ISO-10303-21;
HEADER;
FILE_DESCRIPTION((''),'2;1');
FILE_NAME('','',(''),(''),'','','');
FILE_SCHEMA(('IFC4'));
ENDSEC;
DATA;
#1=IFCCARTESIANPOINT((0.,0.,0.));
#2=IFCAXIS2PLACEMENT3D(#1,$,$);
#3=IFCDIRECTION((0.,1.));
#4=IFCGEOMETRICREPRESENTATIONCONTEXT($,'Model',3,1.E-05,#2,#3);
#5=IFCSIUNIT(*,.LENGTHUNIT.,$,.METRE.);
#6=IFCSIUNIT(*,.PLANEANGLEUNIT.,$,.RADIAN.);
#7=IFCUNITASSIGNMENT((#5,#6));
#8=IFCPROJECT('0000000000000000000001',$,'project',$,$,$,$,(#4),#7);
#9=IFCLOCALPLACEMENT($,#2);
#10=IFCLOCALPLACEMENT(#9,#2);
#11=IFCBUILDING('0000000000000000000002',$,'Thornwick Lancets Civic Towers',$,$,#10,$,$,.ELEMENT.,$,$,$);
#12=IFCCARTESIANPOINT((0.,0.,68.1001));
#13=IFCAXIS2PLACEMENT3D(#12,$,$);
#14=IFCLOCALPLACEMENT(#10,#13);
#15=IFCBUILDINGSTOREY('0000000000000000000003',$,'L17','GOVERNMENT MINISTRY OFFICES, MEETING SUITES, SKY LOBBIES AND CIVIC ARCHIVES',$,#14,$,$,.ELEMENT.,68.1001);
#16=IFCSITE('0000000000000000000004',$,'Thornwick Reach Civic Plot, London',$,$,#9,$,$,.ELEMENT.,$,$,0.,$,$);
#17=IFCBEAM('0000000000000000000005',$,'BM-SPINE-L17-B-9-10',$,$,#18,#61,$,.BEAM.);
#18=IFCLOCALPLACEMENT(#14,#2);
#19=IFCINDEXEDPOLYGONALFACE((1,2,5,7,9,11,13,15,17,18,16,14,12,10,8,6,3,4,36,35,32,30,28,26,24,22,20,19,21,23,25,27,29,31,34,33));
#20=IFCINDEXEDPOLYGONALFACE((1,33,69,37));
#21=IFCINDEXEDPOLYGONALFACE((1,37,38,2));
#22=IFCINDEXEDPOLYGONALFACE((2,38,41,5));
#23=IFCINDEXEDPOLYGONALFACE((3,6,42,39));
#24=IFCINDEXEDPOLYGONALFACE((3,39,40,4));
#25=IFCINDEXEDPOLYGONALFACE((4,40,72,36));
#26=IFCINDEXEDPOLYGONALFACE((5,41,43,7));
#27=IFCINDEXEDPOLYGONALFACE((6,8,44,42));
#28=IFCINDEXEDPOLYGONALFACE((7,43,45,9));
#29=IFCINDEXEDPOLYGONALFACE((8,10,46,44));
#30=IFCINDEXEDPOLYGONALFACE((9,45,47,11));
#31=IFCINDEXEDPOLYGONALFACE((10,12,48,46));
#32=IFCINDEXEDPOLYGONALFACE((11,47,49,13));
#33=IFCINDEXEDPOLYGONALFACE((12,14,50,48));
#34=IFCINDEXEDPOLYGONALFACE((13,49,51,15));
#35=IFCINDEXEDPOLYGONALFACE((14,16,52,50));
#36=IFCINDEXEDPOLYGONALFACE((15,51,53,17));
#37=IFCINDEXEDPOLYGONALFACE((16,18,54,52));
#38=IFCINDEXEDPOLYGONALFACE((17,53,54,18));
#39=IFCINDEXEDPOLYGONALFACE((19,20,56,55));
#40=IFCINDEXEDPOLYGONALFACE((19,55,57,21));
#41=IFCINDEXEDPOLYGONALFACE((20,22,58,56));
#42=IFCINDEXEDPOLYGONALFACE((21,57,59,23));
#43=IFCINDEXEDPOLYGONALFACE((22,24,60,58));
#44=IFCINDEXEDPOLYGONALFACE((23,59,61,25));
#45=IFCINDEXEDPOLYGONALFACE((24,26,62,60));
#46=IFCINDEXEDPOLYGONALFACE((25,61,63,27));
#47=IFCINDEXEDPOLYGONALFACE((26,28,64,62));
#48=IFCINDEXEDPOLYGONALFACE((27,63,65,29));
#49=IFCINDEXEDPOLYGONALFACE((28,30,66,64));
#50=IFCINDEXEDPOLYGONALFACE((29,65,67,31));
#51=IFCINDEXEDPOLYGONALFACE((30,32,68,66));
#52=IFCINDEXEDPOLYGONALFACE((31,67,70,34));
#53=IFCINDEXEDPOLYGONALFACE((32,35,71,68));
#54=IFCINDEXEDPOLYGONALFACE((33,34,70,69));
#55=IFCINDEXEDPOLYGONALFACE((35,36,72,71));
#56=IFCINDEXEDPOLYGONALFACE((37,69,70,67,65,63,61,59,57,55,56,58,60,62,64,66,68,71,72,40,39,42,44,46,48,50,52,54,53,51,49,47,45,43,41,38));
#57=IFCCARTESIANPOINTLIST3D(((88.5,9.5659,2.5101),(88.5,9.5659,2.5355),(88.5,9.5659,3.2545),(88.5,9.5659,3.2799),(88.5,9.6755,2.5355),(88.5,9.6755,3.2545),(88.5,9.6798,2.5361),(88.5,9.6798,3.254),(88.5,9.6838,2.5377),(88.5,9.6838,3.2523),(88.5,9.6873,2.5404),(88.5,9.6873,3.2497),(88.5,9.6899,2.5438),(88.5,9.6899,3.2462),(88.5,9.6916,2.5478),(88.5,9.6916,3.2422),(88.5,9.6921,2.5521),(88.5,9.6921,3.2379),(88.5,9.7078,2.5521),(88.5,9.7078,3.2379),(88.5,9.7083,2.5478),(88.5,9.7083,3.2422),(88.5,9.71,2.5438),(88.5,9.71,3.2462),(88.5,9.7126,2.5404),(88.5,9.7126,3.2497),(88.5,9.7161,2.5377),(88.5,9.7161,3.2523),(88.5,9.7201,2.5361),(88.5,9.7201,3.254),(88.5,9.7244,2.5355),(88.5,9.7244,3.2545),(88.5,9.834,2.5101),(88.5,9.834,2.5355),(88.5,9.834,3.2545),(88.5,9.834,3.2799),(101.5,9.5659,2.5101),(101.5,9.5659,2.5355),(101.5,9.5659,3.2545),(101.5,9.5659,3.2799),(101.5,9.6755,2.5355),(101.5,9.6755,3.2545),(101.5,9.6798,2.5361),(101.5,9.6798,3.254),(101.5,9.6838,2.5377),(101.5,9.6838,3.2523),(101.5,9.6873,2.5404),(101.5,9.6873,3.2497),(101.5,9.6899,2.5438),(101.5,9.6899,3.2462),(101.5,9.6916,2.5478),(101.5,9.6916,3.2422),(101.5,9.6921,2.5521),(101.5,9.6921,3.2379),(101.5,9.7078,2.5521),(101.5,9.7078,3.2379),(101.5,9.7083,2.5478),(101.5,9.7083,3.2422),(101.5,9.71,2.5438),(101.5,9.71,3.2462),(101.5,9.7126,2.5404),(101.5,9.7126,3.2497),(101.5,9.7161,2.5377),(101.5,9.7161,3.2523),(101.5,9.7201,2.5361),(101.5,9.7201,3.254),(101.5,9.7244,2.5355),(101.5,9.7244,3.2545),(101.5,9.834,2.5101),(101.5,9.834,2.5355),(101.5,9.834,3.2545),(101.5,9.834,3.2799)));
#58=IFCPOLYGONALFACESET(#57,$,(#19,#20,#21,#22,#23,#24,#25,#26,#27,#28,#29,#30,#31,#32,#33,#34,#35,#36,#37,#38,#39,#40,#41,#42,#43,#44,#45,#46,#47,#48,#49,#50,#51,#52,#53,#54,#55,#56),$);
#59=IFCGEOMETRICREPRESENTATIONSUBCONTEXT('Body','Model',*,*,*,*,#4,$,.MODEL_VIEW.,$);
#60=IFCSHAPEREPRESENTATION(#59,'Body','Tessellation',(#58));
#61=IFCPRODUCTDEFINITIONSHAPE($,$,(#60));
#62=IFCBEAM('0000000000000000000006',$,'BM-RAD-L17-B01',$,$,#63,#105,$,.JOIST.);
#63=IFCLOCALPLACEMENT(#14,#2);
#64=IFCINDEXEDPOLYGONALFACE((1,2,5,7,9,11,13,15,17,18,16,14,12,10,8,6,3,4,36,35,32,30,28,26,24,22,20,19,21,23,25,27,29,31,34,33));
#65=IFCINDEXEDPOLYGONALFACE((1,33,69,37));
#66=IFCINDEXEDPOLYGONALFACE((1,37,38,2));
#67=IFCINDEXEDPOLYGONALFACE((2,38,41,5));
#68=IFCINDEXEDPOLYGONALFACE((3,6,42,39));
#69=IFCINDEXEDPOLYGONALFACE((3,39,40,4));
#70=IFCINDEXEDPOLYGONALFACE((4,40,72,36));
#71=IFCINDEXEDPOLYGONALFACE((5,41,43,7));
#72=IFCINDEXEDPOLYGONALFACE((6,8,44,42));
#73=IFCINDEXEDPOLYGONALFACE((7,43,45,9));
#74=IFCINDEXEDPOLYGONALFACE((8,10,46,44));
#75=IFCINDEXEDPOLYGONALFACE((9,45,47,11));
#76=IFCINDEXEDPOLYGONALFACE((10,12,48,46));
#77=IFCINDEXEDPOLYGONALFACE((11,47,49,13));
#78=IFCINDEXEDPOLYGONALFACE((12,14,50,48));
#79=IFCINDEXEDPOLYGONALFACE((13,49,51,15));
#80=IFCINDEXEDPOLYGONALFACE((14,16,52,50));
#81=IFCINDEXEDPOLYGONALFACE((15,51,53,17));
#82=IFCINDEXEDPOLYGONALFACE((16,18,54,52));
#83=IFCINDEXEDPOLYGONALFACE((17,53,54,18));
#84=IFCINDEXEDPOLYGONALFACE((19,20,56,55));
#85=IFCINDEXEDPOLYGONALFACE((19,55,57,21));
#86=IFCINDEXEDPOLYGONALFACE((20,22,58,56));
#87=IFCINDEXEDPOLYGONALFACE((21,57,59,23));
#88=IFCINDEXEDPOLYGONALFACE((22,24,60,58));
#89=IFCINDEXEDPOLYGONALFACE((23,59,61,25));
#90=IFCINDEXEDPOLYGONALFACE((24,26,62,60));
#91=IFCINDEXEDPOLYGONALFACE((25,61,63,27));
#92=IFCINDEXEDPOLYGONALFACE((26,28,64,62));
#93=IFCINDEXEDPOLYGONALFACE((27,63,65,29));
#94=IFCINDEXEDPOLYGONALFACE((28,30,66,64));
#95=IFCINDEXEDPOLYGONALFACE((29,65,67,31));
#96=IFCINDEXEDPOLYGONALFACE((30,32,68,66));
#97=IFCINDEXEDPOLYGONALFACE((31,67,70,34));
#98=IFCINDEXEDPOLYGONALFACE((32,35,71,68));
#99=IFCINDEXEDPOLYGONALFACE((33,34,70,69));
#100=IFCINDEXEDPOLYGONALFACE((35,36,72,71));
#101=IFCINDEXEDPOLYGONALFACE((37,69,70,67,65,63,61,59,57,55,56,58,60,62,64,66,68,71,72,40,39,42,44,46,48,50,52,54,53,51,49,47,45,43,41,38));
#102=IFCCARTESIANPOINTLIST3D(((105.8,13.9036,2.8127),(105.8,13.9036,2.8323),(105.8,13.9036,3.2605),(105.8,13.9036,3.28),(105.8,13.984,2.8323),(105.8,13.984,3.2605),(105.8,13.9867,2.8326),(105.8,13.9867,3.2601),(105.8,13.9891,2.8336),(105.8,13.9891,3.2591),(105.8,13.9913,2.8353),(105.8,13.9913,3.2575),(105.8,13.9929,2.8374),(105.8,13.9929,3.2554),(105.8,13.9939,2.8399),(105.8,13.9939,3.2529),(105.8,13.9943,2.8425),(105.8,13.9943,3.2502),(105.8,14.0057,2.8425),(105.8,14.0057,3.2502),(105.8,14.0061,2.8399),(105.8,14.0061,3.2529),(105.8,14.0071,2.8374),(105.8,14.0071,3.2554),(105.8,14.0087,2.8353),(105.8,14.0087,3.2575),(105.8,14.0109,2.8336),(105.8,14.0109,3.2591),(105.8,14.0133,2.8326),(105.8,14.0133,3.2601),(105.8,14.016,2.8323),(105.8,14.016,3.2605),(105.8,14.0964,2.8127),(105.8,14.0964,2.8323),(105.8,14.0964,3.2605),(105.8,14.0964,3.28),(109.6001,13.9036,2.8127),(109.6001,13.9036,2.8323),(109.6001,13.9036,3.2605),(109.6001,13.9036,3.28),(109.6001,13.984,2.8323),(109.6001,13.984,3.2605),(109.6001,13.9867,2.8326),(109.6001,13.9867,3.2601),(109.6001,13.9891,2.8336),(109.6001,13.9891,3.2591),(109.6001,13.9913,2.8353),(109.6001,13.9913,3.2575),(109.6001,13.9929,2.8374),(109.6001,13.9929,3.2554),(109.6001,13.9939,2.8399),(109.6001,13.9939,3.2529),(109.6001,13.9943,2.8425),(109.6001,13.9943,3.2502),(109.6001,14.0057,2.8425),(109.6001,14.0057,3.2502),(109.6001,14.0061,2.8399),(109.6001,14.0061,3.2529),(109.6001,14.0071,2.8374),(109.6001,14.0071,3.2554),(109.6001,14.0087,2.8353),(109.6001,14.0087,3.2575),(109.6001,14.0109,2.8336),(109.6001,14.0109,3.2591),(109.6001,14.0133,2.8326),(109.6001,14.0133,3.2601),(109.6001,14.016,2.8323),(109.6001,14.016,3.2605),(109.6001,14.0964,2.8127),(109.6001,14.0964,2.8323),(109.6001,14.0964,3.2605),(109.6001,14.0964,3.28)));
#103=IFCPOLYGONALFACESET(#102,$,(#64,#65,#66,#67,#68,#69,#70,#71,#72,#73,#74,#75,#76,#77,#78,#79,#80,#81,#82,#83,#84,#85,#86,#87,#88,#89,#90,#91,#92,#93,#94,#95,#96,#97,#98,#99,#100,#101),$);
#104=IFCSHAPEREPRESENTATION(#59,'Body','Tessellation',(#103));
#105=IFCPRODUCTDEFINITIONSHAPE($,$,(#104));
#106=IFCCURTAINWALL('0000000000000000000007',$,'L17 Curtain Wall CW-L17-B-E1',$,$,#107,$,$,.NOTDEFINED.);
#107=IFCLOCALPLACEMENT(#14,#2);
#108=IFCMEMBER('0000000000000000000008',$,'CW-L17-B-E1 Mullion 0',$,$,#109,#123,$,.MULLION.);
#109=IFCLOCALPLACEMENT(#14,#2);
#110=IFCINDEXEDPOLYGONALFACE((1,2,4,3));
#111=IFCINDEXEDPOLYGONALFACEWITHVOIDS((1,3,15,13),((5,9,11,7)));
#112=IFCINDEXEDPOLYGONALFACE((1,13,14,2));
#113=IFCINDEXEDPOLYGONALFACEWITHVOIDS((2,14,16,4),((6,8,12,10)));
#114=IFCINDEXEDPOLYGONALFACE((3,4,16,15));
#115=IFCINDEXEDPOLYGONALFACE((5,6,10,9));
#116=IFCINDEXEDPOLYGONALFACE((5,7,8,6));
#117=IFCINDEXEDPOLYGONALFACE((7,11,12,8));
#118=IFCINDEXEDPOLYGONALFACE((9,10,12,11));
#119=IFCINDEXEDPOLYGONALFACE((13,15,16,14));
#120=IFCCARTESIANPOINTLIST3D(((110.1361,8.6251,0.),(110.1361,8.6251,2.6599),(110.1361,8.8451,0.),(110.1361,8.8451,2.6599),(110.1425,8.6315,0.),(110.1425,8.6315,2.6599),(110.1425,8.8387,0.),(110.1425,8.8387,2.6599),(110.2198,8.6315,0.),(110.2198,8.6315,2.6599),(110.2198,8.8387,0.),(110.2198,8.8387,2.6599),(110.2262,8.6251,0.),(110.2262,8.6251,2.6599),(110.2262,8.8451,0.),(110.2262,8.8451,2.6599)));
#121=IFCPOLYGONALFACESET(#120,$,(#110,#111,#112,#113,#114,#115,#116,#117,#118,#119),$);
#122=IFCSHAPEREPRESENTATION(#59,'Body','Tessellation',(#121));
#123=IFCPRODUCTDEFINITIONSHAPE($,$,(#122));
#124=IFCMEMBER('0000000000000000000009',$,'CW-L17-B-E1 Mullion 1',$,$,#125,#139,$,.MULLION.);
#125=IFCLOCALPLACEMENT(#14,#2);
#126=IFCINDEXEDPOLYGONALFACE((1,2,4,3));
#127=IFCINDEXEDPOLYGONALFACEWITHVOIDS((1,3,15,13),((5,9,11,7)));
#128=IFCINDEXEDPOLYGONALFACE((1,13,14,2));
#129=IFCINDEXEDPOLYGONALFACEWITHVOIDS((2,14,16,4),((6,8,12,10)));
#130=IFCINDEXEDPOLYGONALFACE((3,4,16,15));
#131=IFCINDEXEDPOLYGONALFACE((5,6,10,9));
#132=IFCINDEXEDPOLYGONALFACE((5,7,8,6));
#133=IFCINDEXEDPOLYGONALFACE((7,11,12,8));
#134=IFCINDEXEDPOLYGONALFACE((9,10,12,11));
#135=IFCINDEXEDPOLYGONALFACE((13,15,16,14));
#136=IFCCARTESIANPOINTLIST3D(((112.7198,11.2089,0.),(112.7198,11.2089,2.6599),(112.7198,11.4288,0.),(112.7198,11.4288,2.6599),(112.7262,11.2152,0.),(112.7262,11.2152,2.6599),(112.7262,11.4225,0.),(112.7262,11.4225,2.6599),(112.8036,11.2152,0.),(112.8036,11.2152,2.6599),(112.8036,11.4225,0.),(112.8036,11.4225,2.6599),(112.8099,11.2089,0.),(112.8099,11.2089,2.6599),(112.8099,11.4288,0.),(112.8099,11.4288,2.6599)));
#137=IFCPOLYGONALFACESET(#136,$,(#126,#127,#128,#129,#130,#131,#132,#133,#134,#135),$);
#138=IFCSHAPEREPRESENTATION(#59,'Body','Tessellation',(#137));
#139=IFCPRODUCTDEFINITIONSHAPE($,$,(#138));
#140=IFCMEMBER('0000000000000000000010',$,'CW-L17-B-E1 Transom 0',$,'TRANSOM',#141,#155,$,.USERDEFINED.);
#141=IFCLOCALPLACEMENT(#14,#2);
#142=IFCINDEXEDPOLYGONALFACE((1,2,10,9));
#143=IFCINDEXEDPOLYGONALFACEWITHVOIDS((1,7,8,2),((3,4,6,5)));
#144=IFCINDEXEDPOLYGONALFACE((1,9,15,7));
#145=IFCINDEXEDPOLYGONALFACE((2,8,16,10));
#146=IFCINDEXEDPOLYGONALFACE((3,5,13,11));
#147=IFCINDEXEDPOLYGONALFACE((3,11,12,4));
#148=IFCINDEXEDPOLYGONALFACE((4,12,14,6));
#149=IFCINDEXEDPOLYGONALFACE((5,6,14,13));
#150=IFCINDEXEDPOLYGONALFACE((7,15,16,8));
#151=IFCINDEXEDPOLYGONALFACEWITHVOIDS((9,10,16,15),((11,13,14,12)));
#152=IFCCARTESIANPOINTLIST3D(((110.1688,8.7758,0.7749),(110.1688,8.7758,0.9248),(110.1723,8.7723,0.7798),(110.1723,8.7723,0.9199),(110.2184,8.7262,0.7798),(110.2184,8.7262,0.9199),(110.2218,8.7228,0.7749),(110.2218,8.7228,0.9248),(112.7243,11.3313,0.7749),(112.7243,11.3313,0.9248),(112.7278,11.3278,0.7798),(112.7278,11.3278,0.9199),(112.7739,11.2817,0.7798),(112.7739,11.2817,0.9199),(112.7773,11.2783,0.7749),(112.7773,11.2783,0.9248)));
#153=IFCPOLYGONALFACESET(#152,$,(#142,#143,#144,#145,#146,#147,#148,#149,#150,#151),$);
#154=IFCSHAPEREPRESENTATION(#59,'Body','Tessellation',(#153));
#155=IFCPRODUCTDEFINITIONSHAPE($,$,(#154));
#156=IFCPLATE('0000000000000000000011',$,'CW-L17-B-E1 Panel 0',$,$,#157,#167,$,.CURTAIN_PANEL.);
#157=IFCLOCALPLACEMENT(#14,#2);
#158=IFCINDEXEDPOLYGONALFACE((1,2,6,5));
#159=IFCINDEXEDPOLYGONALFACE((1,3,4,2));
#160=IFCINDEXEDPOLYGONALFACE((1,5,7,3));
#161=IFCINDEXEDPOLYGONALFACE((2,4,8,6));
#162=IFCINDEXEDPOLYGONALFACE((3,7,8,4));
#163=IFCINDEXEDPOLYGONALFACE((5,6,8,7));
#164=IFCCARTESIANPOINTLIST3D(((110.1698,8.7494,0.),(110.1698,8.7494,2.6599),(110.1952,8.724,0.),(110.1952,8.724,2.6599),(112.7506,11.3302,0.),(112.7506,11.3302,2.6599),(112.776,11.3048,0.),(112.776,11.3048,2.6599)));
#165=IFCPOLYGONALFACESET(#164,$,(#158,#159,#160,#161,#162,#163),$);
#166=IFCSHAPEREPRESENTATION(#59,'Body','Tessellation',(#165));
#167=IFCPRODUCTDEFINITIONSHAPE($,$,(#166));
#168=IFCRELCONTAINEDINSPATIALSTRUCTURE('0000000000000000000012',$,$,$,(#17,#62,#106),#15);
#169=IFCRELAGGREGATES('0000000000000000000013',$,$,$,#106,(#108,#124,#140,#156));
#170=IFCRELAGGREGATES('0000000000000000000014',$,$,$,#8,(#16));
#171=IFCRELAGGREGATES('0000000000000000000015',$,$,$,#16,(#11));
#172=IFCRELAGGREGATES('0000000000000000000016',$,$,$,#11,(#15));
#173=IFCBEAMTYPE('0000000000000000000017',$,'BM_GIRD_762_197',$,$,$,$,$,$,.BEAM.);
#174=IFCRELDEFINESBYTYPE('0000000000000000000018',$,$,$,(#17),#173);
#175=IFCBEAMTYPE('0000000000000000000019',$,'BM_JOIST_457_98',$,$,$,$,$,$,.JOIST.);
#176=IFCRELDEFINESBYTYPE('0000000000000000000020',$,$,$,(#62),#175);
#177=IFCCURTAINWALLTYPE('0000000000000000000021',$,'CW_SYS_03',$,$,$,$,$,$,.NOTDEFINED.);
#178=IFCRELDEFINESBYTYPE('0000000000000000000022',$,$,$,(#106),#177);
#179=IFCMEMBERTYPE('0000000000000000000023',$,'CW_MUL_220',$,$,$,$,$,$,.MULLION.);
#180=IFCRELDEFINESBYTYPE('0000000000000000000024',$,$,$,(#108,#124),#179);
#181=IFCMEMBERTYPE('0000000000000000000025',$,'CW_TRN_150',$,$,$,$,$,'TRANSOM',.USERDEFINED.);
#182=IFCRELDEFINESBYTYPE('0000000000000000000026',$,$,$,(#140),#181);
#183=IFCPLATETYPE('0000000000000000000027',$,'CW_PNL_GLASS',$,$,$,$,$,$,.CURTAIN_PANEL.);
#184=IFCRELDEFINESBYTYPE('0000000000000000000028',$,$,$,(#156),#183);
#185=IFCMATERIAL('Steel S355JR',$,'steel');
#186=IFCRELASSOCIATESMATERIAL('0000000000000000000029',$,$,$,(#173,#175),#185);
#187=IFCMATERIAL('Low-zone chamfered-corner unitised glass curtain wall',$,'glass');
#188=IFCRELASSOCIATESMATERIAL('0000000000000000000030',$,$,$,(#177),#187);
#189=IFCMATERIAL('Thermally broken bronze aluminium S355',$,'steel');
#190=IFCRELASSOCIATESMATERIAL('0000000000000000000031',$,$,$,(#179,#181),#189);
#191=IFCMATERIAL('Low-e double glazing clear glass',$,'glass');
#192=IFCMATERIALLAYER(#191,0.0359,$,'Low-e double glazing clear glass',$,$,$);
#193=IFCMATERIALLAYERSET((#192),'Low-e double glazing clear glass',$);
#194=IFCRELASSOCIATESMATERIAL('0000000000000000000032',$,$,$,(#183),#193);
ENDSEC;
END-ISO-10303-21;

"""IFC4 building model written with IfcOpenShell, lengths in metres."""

from ifc_helpers import new_model, si_unit, direction, frame, origin, origin_2d, place, context, subcontext, project, spatial, rectangle, hollow_rectangle, i_section, extrude, material, layer, layer_set, material_profile, profile_set, type_object, element, aggregate, save


model = new_model("IFC4")

# Units and contexts
model_context = context("Model", 3, precision=1e-05, world=origin(), true_north=direction((0.0, 1.0)))
body_context = subcontext(model_context, "Body", "Model", "MODEL_VIEW")
ifc_project = project(units=[si_unit("LENGTHUNIT", "METRE"), si_unit("PLANEANGLEUNIT", "RADIAN")], contexts=[model_context])

# Site, building, storey
site_placement = place(None, origin())
site = spatial("IfcSite", under=ifc_project, at=site_placement, Name="Thornwick Reach Civic Plot, London", CompositionType="ELEMENT", RefElevation=0.0)
building_placement = place(site_placement, origin())
building = spatial("IfcBuilding", under=site, at=building_placement, Name="Thornwick Lancets Civic Towers", CompositionType="ELEMENT")
storey_placement = place(building_placement, frame((0.0, 0.0, 68.1001)))
storey = spatial("IfcBuildingStorey", under=building, at=storey_placement, Name="L17", Description="GOVERNMENT MINISTRY OFFICES, MEETING SUITES, SKY LOBBIES AND CIVIC ARCHIVES", CompositionType="ELEMENT", Elevation=68.1001)

# Beams
ifc_material_1 = material(Name="Steel S355JR", Category="steel")
ifc_material_profile_1 = material_profile(ifc_material_1, i_section(OverallWidth=0.2681, OverallDepth=0.7698, WebThickness=0.0156, FlangeThickness=0.0254, FilletRadius=0.0166, at=origin_2d()), Name="UKB 762x267x197")
ifc_profile_set_1 = profile_set([ifc_material_profile_1], Name="Steel S355JR")
beam_type_1 = type_object("IfcBeamType", Name="BM_GIRD_762_197", PredefinedType="BEAM", material=ifc_profile_set_1)
for number, where, z_axis, x_axis, name in (
    (1, (101.5, 9.7, 2.895), (-1.0, 0.0, 0.0), (0.0, -1.0, 0.0), "BM-SPINE-L17-B-9-10"),
):
    element("IfcBeam", number, at=place(storey_placement, frame(where, z_axis=z_axis, x_axis=x_axis)), inside=storey, type_object=beam_type_1, Name=name, PredefinedType="BEAM", context=body_context, shape_type="SweptSolid", body=[
        extrude(i_section(OverallWidth=0.2681, OverallDepth=0.7698, WebThickness=0.0156, FlangeThickness=0.0254, FilletRadius=0.0166, at=origin_2d()), origin(), (0.0, 0.0, 1.0), 13.0),
    ])
ifc_material_profile_2 = material_profile(ifc_material_1, i_section(OverallWidth=0.1929, OverallDepth=0.4673, WebThickness=0.0115, FlangeThickness=0.0195, FilletRadius=0.0103, at=origin_2d()), Name="UKB 457x191x98")
ifc_profile_set_2 = profile_set([ifc_material_profile_2], Name="Steel S355JR")
beam_type_2 = type_object("IfcBeamType", Name="BM_JOIST_457_98", PredefinedType="JOIST", material=ifc_profile_set_2)
beam_1_placement = place(storey_placement, frame((105.8, 14.0, 3.0464), z_axis=(1.0, 0.0, 0.0), x_axis=(0.0, 1.0, 0.0)))
element("IfcBeam", 2, at=beam_1_placement, inside=storey, type_object=beam_type_2, Name="BM-RAD-L17-B01", PredefinedType="JOIST", context=body_context, shape_type="SweptSolid", body=[
    extrude(i_section(OverallWidth=0.1929, OverallDepth=0.4673, WebThickness=0.0115, FlangeThickness=0.0195, FilletRadius=0.0103, at=origin_2d()), origin(), (0.0, 0.0, 1.0), 3.8),
])

# Curtain wall, members, plate
ifc_material_2 = material(Name="Low-zone chamfered-corner unitised glass curtain wall", Category="glass")
curtain_wall_type = type_object("IfcCurtainWallType", Name="CW_SYS_03", PredefinedType="NOTDEFINED", material=ifc_material_2)
curtain_wall_placement = place(storey_placement, origin())
curtain_wall = element("IfcCurtainWall", 3, at=curtain_wall_placement, inside=storey, type_object=curtain_wall_type, Name="L17 Curtain Wall CW-L17-B-E1", PredefinedType="NOTDEFINED")
ifc_material_3 = material(Name="Thermally broken bronze aluminium S355", Category="steel")
ifc_material_profile_3 = material_profile(ifc_material_3, hollow_rectangle(XDim=0.0901, YDim=0.22, WallThickness=0.0063, at=origin_2d()), Name="RHS 220x90x6.3")
ifc_profile_set_3 = profile_set([ifc_material_profile_3], Name="Thermally broken bronze aluminium S355")
member_type_1 = type_object("IfcMemberType", Name="CW_MUL_220", PredefinedType="MULLION", material=ifc_profile_set_3)
member_1_placement = place(storey_placement, frame((110.1812, 8.7351, 0.0), z_axis=(0.0, 0.0, 1.0), x_axis=(1.0, 0.0, 0.0)))
member_1 = element("IfcMember", 4, at=member_1_placement, type_object=member_type_1, Name="CW-L17-B-E1 Mullion 0", PredefinedType="MULLION", context=body_context, shape_type="SweptSolid", body=[
    extrude(hollow_rectangle(XDim=0.0901, YDim=0.22, WallThickness=0.0063, at=origin_2d()), origin(), (0.0, 0.0, 1.0), 2.6599),
])
member_2_placement = place(storey_placement, frame((112.7649, 11.3188, 0.0), z_axis=(0.0, 0.0, 1.0), x_axis=(1.0, 0.0, 0.0)))
member_2 = element("IfcMember", 5, at=member_2_placement, type_object=member_type_1, Name="CW-L17-B-E1 Mullion 1", PredefinedType="MULLION", context=body_context, shape_type="SweptSolid", body=[
    extrude(hollow_rectangle(XDim=0.0901, YDim=0.22, WallThickness=0.0063, at=origin_2d()), origin(), (0.0, 0.0, 1.0), 2.6599),
])
ifc_material_profile_4 = material_profile(ifc_material_3, hollow_rectangle(XDim=0.075, YDim=0.1499, WallThickness=0.0049, at=origin_2d()), Name="RHS 150x75x5")
ifc_profile_set_4 = profile_set([ifc_material_profile_4], Name="Thermally broken bronze aluminium S355")
member_type_2 = type_object("IfcMemberType", Name="CW_TRN_150", ElementType="TRANSOM", PredefinedType="USERDEFINED", material=ifc_profile_set_4)
member_3_placement = place(storey_placement, frame((110.1953, 8.7493, 0.8499), z_axis=(0.707107, 0.707107, 0.0), x_axis=(-0.707107, 0.707107, 0.0)))
member_3 = element("IfcMember", 6, at=member_3_placement, type_object=member_type_2, Name="CW-L17-B-E1 Transom 0", ObjectType="TRANSOM", PredefinedType="USERDEFINED", context=body_context, shape_type="SweptSolid", body=[
    extrude(hollow_rectangle(XDim=0.075, YDim=0.1499, WallThickness=0.0049, at=origin_2d()), origin(), (0.0, 0.0, 1.0), 3.614),
])
ifc_material_4 = material(Name="Low-e double glazing clear glass", Category="glass")
ifc_layer_1 = layer(ifc_material_4, 0.0359, Name="Low-e double glazing clear glass")
ifc_layer_set_1 = layer_set([ifc_layer_1], Name="Low-e double glazing clear glass")
plate_type = type_object("IfcPlateType", Name="CW_PNL_GLASS", PredefinedType="CURTAIN_PANEL", material=ifc_layer_set_1)
plate_placement = place(storey_placement, frame((111.4729, 10.0271, 0.0), z_axis=(0.0, 0.0, 1.0), x_axis=(0.707107, 0.707107, 0.0)))
plate = element("IfcPlate", 7, at=plate_placement, type_object=plate_type, Name="CW-L17-B-E1 Panel 0", PredefinedType="CURTAIN_PANEL", context=body_context, shape_type="SweptSolid", body=[
    extrude(rectangle(XDim=3.6499, YDim=0.0359, at=origin_2d()), origin(), (0.0, 0.0, 1.0), 2.6599),
])
aggregate(curtain_wall, [member_1, member_2, member_3, plate])

save(model, "model.ifc")
